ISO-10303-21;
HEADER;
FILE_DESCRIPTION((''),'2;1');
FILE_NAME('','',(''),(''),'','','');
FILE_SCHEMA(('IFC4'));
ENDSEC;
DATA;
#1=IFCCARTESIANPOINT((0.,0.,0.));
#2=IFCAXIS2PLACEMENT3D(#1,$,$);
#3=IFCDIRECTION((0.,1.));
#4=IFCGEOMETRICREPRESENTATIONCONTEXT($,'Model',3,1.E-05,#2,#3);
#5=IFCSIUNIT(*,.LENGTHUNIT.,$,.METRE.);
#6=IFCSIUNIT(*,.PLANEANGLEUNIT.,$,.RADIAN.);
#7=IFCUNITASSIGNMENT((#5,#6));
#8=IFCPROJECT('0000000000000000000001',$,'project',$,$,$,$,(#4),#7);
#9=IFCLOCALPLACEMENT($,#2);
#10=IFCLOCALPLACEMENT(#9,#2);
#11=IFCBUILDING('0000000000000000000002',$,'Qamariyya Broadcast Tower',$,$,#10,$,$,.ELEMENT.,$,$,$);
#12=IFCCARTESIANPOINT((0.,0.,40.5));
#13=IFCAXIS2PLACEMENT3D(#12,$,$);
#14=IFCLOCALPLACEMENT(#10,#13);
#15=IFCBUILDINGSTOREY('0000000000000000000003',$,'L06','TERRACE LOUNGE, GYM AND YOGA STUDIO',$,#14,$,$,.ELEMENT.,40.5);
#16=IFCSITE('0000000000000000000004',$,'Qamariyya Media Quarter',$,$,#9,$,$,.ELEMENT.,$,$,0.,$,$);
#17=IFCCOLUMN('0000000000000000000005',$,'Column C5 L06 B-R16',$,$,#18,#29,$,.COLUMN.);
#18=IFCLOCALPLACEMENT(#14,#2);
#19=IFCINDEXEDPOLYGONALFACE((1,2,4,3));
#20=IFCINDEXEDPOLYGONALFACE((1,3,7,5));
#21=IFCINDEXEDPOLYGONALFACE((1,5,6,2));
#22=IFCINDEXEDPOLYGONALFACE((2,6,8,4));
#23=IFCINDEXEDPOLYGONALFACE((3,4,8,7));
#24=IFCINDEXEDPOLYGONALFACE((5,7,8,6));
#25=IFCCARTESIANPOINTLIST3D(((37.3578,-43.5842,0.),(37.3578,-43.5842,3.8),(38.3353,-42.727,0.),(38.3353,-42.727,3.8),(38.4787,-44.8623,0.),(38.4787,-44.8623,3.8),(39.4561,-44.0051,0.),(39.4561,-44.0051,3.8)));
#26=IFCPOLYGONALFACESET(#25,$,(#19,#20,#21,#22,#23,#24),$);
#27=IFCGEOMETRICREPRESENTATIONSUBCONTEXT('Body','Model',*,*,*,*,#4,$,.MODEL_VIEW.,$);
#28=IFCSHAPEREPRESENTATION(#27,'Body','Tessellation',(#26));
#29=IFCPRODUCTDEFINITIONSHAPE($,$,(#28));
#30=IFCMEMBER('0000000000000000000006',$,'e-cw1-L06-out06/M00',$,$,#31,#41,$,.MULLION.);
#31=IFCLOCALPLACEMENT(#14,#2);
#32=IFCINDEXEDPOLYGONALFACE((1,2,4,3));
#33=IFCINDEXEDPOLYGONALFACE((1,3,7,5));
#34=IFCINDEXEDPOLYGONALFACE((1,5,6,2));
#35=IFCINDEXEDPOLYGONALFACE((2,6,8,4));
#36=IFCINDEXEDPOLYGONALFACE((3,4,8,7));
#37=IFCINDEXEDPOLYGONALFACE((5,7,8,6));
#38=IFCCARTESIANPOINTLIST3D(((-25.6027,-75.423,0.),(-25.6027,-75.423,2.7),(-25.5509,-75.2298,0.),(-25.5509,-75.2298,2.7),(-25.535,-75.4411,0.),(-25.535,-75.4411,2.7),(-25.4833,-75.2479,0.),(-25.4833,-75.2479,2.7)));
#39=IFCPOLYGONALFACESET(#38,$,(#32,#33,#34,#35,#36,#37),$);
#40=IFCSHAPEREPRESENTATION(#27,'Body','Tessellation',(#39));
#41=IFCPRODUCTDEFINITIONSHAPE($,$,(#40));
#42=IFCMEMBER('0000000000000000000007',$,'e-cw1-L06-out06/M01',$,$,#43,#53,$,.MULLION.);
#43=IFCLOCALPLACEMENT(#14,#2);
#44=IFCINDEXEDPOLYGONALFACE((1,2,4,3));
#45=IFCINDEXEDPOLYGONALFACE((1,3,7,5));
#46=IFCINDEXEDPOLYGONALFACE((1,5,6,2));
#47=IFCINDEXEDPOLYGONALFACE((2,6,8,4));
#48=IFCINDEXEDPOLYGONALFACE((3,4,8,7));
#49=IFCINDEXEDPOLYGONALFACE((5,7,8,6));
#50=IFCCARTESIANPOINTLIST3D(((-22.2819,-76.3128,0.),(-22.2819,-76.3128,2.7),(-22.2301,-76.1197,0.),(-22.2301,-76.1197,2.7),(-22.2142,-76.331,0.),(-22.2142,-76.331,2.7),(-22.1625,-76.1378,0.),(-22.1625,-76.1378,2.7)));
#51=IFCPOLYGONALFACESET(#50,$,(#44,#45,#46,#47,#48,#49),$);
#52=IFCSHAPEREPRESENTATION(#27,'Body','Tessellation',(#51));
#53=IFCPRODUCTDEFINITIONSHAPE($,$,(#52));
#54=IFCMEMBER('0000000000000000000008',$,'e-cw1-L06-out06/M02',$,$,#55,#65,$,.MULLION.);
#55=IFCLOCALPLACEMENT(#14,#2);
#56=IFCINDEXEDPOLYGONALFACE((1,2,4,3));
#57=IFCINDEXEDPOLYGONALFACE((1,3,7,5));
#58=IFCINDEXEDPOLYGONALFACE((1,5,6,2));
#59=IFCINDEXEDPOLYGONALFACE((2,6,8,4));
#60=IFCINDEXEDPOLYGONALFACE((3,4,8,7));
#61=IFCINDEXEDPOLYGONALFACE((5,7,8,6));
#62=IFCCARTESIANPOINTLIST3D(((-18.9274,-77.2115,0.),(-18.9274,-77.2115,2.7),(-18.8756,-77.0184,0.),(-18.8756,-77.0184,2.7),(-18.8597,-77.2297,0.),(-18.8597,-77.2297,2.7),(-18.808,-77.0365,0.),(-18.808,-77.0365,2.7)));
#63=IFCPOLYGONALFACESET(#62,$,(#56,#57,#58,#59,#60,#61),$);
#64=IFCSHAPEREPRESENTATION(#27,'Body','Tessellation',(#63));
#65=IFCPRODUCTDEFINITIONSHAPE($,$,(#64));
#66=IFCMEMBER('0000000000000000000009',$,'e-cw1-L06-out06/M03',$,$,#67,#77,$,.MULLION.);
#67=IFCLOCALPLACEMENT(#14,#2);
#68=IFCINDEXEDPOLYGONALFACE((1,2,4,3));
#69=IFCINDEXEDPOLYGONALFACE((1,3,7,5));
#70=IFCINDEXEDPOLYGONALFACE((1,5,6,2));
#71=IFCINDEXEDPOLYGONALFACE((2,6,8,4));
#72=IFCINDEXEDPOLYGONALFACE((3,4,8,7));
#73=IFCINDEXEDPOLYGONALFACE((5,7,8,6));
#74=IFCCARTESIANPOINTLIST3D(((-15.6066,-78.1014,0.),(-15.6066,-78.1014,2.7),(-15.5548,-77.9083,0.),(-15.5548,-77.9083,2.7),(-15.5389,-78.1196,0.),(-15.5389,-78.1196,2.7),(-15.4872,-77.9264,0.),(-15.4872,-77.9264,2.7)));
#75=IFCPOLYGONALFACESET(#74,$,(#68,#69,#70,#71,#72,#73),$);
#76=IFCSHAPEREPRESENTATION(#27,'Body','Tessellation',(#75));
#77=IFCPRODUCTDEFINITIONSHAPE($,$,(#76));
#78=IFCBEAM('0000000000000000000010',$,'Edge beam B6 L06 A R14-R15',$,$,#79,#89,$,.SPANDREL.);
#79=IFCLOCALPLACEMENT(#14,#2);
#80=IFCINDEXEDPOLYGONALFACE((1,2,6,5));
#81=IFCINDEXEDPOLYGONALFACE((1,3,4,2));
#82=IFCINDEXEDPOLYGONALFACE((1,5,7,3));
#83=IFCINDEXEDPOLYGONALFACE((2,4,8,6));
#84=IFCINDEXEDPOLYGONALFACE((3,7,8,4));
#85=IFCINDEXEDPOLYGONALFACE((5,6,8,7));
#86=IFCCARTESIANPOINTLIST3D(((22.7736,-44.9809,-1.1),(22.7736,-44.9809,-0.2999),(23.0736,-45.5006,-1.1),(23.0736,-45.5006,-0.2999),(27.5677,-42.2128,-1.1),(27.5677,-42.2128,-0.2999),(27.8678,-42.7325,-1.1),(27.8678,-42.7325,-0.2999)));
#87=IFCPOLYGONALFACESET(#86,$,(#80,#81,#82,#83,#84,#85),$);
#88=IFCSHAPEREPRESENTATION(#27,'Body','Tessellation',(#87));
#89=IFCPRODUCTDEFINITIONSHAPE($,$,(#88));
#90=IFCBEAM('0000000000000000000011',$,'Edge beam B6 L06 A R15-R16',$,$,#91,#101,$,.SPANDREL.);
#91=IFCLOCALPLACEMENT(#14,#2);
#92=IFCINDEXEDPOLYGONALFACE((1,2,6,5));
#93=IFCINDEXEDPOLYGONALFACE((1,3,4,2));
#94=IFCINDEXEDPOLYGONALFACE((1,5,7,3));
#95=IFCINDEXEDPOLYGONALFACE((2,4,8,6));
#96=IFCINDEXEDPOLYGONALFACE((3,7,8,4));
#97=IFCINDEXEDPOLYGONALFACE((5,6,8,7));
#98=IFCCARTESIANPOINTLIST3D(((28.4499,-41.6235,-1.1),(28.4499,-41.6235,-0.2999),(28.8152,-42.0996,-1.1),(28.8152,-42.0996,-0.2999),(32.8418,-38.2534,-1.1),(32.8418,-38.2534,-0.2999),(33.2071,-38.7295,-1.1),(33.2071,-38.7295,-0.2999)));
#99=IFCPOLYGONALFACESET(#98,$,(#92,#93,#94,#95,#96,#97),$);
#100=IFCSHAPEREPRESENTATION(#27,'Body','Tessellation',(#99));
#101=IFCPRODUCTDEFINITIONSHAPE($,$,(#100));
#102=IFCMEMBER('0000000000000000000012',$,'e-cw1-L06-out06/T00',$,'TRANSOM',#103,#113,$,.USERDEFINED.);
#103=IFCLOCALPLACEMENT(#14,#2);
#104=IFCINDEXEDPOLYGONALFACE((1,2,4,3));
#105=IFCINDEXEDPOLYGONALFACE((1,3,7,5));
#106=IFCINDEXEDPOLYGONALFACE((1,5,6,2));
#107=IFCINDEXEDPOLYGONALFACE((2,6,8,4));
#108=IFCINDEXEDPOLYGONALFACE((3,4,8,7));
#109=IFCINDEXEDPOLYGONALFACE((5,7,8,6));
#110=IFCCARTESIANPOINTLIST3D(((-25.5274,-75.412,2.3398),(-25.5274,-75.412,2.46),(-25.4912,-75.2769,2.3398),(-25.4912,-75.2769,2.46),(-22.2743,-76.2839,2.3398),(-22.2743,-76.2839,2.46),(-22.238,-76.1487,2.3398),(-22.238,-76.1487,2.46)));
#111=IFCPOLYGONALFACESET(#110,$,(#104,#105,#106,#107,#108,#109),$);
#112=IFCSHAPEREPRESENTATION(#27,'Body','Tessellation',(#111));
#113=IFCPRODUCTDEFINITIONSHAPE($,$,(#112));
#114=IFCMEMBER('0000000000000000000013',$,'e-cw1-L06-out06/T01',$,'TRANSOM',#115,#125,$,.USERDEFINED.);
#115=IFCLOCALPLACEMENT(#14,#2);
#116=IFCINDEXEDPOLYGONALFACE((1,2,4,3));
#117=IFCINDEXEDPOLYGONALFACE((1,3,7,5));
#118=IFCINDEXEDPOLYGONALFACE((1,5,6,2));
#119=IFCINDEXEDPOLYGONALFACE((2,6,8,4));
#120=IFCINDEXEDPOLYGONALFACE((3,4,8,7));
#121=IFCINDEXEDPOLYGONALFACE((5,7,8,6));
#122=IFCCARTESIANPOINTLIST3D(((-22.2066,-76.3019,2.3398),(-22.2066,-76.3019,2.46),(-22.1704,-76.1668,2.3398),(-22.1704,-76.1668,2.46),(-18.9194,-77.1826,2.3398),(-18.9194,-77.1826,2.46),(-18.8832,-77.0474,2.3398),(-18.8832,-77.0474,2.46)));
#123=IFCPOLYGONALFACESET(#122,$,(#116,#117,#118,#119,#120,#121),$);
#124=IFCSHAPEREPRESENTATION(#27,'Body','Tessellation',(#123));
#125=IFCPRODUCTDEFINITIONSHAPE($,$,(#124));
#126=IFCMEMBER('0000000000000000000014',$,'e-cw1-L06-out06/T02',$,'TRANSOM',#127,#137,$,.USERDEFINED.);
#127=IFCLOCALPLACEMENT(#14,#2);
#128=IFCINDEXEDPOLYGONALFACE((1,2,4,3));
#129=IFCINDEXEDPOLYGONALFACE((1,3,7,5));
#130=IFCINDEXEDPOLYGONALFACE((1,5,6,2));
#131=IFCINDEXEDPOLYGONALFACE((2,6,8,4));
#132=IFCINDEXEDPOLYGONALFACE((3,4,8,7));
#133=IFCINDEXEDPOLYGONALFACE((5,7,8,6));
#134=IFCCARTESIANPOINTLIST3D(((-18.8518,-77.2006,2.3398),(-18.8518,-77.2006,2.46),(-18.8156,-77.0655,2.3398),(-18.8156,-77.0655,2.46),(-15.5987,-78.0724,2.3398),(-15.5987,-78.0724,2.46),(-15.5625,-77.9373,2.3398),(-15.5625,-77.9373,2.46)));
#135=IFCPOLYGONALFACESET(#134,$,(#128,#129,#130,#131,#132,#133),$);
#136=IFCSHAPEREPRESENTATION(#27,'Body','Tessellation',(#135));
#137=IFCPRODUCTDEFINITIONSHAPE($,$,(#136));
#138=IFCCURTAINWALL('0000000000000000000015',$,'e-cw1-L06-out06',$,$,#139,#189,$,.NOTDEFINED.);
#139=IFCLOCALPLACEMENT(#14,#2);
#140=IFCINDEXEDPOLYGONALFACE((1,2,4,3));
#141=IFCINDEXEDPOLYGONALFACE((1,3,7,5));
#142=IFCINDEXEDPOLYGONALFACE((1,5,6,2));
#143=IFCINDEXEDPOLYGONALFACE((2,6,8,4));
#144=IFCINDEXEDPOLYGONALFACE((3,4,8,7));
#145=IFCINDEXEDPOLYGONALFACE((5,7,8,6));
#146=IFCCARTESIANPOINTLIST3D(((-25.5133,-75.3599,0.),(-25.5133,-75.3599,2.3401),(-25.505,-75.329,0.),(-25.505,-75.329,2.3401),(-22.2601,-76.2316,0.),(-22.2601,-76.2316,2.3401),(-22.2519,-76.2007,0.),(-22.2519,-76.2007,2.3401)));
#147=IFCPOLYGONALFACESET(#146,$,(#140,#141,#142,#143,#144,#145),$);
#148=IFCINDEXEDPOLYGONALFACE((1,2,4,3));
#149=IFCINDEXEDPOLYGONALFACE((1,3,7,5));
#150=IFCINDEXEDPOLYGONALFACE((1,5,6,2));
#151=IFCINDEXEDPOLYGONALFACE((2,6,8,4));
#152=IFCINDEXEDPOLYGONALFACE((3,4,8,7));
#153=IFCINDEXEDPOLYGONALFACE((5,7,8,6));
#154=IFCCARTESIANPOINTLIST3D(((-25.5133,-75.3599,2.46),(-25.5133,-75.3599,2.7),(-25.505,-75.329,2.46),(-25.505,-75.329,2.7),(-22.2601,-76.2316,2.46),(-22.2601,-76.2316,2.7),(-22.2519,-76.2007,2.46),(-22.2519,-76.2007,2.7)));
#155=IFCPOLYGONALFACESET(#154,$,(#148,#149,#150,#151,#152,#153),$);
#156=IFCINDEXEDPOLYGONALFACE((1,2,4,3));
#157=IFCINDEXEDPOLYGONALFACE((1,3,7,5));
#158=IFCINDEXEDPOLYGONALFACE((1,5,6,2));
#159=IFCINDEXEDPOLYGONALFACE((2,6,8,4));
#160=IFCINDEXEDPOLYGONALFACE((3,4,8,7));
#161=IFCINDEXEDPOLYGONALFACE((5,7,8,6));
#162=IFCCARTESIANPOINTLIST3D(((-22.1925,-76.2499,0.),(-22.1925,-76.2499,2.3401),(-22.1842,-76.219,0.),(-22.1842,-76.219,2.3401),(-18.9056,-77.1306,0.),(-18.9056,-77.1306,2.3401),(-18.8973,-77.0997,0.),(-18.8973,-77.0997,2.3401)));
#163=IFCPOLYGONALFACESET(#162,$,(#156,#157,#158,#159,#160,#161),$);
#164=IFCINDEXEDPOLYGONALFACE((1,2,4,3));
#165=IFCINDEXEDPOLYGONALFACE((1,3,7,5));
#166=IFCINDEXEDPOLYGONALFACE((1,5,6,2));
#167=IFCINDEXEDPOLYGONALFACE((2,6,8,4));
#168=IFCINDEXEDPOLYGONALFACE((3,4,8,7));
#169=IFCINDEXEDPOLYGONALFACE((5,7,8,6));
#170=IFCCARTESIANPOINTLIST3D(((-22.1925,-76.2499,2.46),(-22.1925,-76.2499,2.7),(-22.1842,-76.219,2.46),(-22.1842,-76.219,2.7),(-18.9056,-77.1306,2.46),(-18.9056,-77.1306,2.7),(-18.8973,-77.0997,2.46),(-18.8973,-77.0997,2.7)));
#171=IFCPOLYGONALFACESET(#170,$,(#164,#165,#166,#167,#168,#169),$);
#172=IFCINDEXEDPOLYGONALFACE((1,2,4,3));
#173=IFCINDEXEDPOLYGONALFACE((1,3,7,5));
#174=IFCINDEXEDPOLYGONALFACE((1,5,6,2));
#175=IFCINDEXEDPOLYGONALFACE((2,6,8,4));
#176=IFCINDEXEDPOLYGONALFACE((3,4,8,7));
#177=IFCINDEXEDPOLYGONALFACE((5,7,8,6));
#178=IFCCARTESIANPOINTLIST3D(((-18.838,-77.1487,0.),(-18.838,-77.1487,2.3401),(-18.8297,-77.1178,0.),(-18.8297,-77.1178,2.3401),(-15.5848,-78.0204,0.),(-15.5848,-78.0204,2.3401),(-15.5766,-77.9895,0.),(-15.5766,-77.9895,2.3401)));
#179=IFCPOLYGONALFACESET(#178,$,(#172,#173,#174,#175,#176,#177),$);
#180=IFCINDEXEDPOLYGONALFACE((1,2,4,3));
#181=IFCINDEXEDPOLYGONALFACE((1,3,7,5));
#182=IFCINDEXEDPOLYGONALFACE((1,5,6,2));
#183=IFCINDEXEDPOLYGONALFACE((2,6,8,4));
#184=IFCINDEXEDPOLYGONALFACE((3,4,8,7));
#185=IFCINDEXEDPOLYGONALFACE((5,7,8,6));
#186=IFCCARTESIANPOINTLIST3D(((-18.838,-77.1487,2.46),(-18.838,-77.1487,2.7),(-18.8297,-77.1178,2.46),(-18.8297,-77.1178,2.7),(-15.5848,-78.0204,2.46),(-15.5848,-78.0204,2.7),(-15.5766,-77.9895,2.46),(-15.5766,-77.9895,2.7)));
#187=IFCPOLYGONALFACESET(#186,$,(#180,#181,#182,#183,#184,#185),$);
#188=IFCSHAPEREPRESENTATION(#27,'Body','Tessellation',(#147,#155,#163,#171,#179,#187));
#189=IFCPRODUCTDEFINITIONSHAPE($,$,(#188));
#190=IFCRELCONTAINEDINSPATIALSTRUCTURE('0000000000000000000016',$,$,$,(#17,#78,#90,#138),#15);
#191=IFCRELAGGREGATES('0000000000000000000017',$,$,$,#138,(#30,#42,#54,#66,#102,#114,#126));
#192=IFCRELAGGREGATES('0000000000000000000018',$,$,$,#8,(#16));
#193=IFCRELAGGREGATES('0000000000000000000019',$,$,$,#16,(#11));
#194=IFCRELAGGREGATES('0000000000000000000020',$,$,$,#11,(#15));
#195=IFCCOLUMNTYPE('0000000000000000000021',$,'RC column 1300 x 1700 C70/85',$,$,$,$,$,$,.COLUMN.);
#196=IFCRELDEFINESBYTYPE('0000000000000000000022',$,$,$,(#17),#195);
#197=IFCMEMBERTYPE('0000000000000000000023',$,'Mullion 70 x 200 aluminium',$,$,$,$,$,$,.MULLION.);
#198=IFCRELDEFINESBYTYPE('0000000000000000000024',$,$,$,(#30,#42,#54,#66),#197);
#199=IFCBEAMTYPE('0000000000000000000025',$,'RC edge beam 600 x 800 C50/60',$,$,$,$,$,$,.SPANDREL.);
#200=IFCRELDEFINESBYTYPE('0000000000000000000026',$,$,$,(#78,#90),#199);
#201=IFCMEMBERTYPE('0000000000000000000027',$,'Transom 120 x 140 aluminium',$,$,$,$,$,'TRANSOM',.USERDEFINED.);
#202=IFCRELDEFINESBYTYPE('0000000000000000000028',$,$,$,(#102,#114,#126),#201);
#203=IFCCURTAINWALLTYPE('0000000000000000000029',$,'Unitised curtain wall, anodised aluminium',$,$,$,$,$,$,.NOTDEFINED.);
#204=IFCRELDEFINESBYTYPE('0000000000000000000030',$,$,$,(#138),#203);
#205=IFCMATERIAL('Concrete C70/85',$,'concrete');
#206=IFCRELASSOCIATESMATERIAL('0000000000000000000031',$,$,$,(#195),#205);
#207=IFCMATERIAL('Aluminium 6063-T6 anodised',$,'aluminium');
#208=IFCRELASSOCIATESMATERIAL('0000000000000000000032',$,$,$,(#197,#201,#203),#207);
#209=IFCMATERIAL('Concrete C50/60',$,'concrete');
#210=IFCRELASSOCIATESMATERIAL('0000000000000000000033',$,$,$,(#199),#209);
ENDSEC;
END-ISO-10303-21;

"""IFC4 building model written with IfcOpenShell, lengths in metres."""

from ifc_helpers import new_model, si_unit, direction, frame, origin, origin_2d, place, context, subcontext, project, spatial, rectangle, extrude, material, material_profile, profile_set, type_object, element, aggregate, save


model = new_model("IFC4")

# Units and contexts
model_context = context("Model", 3, precision=1e-05, world=origin(), true_north=direction((0.0, 1.0)))
body_context = subcontext(model_context, "Body", "Model", "MODEL_VIEW")
ifc_project = project(units=[si_unit("LENGTHUNIT", "METRE"), si_unit("PLANEANGLEUNIT", "RADIAN")], contexts=[model_context])

# Site, building, storey
site_placement = place(None, origin())
site = spatial("IfcSite", under=ifc_project, at=site_placement, Name="Qamariyya Media Quarter", CompositionType="ELEMENT", RefElevation=0.0)
building_placement = place(site_placement, origin())
building = spatial("IfcBuilding", under=site, at=building_placement, Name="Qamariyya Broadcast Tower", CompositionType="ELEMENT")
storey_placement = place(building_placement, frame((0.0, 0.0, 40.5)))
storey = spatial("IfcBuildingStorey", under=building, at=storey_placement, Name="L06", Description="TERRACE LOUNGE, GYM AND YOGA STUDIO", CompositionType="ELEMENT", Elevation=40.5)

# Column
ifc_material_1 = material(Name="Concrete C70/85", Category="concrete")
ifc_material_profile_1 = material_profile(ifc_material_1, rectangle(XDim=1.3, YDim=1.7, at=origin_2d()))
ifc_profile_set_1 = profile_set([ifc_material_profile_1], Name="Concrete C70/85")
column_type = type_object("IfcColumnType", Name="RC column 1300 x 1700 C70/85", PredefinedType="COLUMN", material=ifc_profile_set_1)
column_placement = place(storey_placement, frame((38.407, -43.7947, 0.0), z_axis=(0.0, 0.0, 1.0), x_axis=(0.75184, 0.659346, 0.0)))
element("IfcColumn", 1, at=column_placement, inside=storey, type_object=column_type, Name="Column C5 L06 B-R16", PredefinedType="COLUMN", context=body_context, shape_type="SweptSolid", body=[
    extrude(rectangle(XDim=1.3, YDim=1.7, at=origin_2d()), origin(), (0.0, 0.0, 1.0), 3.8),
])

# Members
ifc_material_2 = material(Name="Aluminium 6063-T6 anodised", Category="aluminium")
ifc_material_profile_2 = material_profile(ifc_material_2, rectangle(XDim=0.2, YDim=0.0701, at=origin_2d()))
ifc_profile_set_2 = profile_set([ifc_material_profile_2], Name="Aluminium 6063-T6 anodised")
member_type_1 = type_object("IfcMemberType", Name="Mullion 70 x 200 aluminium", PredefinedType="MULLION", material=ifc_profile_set_2)
member_1_placement = place(storey_placement, frame((-25.543, -75.3354, 0.0), z_axis=(0.0, 0.0, 1.0), x_axis=(0.258819, 0.965926, 0.0)))
member_1 = element("IfcMember", 2, at=member_1_placement, type_object=member_type_1, Name="e-cw1-L06-out06/M00", PredefinedType="MULLION", context=body_context, shape_type="SweptSolid", body=[
    extrude(rectangle(XDim=0.2, YDim=0.0701, at=origin_2d()), origin(), (0.0, 0.0, 1.0), 2.7),
])
member_2_placement = place(storey_placement, frame((-22.2222, -76.2253, 0.0), z_axis=(0.0, 0.0, 1.0), x_axis=(0.258819, 0.965926, 0.0)))
member_2 = element("IfcMember", 3, at=member_2_placement, type_object=member_type_1, Name="e-cw1-L06-out06/M01", PredefinedType="MULLION", context=body_context, shape_type="SweptSolid", body=[
    extrude(rectangle(XDim=0.2, YDim=0.0701, at=origin_2d()), origin(), (0.0, 0.0, 1.0), 2.7),
])
member_3_placement = place(storey_placement, frame((-18.8677, -77.124, 0.0), z_axis=(0.0, 0.0, 1.0), x_axis=(0.258819, 0.965926, 0.0)))
member_3 = element("IfcMember", 4, at=member_3_placement, type_object=member_type_1, Name="e-cw1-L06-out06/M02", PredefinedType="MULLION", context=body_context, shape_type="SweptSolid", body=[
    extrude(rectangle(XDim=0.2, YDim=0.0701, at=origin_2d()), origin(), (0.0, 0.0, 1.0), 2.7),
])
member_4_placement = place(storey_placement, frame((-15.5469, -78.0139, 0.0), z_axis=(0.0, 0.0, 1.0), x_axis=(0.258819, 0.965926, 0.0)))
member_4 = element("IfcMember", 5, at=member_4_placement, type_object=member_type_1, Name="e-cw1-L06-out06/M03", PredefinedType="MULLION", context=body_context, shape_type="SweptSolid", body=[
    extrude(rectangle(XDim=0.2, YDim=0.0701, at=origin_2d()), origin(), (0.0, 0.0, 1.0), 2.7),
])

# Beams
ifc_material_3 = material(Name="Concrete C50/60", Category="concrete")
ifc_material_profile_3 = material_profile(ifc_material_3, rectangle(XDim=0.6001, YDim=0.8, at=origin_2d()))
ifc_profile_set_3 = profile_set([ifc_material_profile_3], Name="Concrete C50/60")
beam_type_1 = type_object("IfcBeamType", Name="RC edge beam 600 x 800 C50/60", PredefinedType="SPANDREL", material=ifc_profile_set_3)
for number, where, z_axis, x_axis, name in (
    (6, (22.9236, -45.2407, -0.7), (0.866014, 0.500019, 0.0), (-0.500019, 0.866014, 0.0), "Edge beam B6 L06 A R14-R15"),
    (7, (28.6326, -41.8616, -0.7), (0.793342, 0.608777, 0.0), (-0.608777, 0.793342, 0.0), "Edge beam B6 L06 A R15-R16"),
):
    element("IfcBeam", number, at=place(storey_placement, frame(where, z_axis=z_axis, x_axis=x_axis)), inside=storey, type_object=beam_type_1, Name=name, PredefinedType="SPANDREL", context=body_context, shape_type="SweptSolid", body=[
        extrude(rectangle(XDim=0.6001, YDim=0.8, at=origin_2d()), origin(), (0.0, 0.0, 1.0), 5.5359),
    ])

# Members
ifc_material_profile_4 = material_profile(ifc_material_2, rectangle(XDim=0.1399, YDim=0.1201, at=origin_2d()))
ifc_profile_set_4 = profile_set([ifc_material_profile_4], Name="Aluminium 6063-T6 anodised")
member_type_2 = type_object("IfcMemberType", Name="Transom 120 x 140 aluminium", ElementType="TRANSOM", PredefinedType="USERDEFINED", material=ifc_profile_set_4)
member_5_placement = place(storey_placement, frame((-25.5093, -75.3445, 2.3999), z_axis=(0.965915, -0.258858, 0.0), x_axis=(0.258858, 0.965915, 0.0)))
member_5 = element("IfcMember", 8, at=member_5_placement, type_object=member_type_2, Name="e-cw1-L06-out06/T00", ObjectType="TRANSOM", PredefinedType="USERDEFINED", context=body_context, shape_type="SweptSolid", body=[
    extrude(rectangle(XDim=0.1399, YDim=0.1201, at=origin_2d()), origin(), (0.0, 0.0, 1.0), 3.3679),
])
member_6_placement = place(storey_placement, frame((-22.1885, -76.2344, 2.3999), z_axis=(0.965938, -0.258774, 0.0), x_axis=(0.258774, 0.965938, 0.0)))
member_6 = element("IfcMember", 9, at=member_6_placement, type_object=member_type_2, Name="e-cw1-L06-out06/T01", ObjectType="TRANSOM", PredefinedType="USERDEFINED", context=body_context, shape_type="SweptSolid", body=[
    extrude(rectangle(XDim=0.1399, YDim=0.1201, at=origin_2d()), origin(), (0.0, 0.0, 1.0), 3.4031),
])
member_7_placement = place(storey_placement, frame((-18.8337, -77.1331, 2.3999), z_axis=(0.965915, -0.258858, 0.0), x_axis=(0.258858, 0.965915, 0.0)))
member_7 = element("IfcMember", 10, at=member_7_placement, type_object=member_type_2, Name="e-cw1-L06-out06/T02", ObjectType="TRANSOM", PredefinedType="USERDEFINED", context=body_context, shape_type="SweptSolid", body=[
    extrude(rectangle(XDim=0.1399, YDim=0.1201, at=origin_2d()), origin(), (0.0, 0.0, 1.0), 3.3679),
])

# Curtain wall
curtain_wall_type = type_object("IfcCurtainWallType", Name="Unitised curtain wall, anodised aluminium", PredefinedType="NOTDEFINED", material=ifc_material_2)
curtain_wall_placement = place(storey_placement, origin())
curtain_wall = element("IfcCurtainWall", 11, at=curtain_wall_placement, inside=storey, type_object=curtain_wall_type, Name="e-cw1-L06-out06", PredefinedType="NOTDEFINED", context=body_context, shape_type="SweptSolid", body=[
    extrude(rectangle(XDim=3.3679, YDim=0.032, at=origin_2d()), frame((-23.8826, -75.7803, 0.0), x_axis=(0.965925, -0.258822, 0.0)), (0.0, 0.0, 1.0), 2.3401),
    extrude(rectangle(XDim=3.3679, YDim=0.032, at=origin_2d()), frame((-23.8826, -75.7803, 2.46), x_axis=(0.965925, -0.258822, 0.0)), (0.0, 0.0, 1.0), 0.24),
    extrude(rectangle(XDim=3.4028, YDim=0.032, at=origin_2d()), frame((-20.5449, -76.6748, 0.0), x_axis=(0.965925, -0.258822, 0.0)), (0.0, 0.0, 1.0), 2.3401),
    extrude(rectangle(XDim=3.4028, YDim=0.032, at=origin_2d()), frame((-20.5449, -76.6748, 2.46), x_axis=(0.965925, -0.258822, 0.0)), (0.0, 0.0, 1.0), 0.24),
    extrude(rectangle(XDim=3.3679, YDim=0.032, at=origin_2d()), frame((-17.2073, -77.5691, 0.0), x_axis=(0.965925, -0.258822, 0.0)), (0.0, 0.0, 1.0), 2.3401),
    extrude(rectangle(XDim=3.3679, YDim=0.032, at=origin_2d()), frame((-17.2073, -77.5691, 2.46), x_axis=(0.965925, -0.258822, 0.0)), (0.0, 0.0, 1.0), 0.24),
])
aggregate(curtain_wall, [member_1, member_2, member_3, member_4, member_5, member_6, member_7])

save(model, "model.ifc")
